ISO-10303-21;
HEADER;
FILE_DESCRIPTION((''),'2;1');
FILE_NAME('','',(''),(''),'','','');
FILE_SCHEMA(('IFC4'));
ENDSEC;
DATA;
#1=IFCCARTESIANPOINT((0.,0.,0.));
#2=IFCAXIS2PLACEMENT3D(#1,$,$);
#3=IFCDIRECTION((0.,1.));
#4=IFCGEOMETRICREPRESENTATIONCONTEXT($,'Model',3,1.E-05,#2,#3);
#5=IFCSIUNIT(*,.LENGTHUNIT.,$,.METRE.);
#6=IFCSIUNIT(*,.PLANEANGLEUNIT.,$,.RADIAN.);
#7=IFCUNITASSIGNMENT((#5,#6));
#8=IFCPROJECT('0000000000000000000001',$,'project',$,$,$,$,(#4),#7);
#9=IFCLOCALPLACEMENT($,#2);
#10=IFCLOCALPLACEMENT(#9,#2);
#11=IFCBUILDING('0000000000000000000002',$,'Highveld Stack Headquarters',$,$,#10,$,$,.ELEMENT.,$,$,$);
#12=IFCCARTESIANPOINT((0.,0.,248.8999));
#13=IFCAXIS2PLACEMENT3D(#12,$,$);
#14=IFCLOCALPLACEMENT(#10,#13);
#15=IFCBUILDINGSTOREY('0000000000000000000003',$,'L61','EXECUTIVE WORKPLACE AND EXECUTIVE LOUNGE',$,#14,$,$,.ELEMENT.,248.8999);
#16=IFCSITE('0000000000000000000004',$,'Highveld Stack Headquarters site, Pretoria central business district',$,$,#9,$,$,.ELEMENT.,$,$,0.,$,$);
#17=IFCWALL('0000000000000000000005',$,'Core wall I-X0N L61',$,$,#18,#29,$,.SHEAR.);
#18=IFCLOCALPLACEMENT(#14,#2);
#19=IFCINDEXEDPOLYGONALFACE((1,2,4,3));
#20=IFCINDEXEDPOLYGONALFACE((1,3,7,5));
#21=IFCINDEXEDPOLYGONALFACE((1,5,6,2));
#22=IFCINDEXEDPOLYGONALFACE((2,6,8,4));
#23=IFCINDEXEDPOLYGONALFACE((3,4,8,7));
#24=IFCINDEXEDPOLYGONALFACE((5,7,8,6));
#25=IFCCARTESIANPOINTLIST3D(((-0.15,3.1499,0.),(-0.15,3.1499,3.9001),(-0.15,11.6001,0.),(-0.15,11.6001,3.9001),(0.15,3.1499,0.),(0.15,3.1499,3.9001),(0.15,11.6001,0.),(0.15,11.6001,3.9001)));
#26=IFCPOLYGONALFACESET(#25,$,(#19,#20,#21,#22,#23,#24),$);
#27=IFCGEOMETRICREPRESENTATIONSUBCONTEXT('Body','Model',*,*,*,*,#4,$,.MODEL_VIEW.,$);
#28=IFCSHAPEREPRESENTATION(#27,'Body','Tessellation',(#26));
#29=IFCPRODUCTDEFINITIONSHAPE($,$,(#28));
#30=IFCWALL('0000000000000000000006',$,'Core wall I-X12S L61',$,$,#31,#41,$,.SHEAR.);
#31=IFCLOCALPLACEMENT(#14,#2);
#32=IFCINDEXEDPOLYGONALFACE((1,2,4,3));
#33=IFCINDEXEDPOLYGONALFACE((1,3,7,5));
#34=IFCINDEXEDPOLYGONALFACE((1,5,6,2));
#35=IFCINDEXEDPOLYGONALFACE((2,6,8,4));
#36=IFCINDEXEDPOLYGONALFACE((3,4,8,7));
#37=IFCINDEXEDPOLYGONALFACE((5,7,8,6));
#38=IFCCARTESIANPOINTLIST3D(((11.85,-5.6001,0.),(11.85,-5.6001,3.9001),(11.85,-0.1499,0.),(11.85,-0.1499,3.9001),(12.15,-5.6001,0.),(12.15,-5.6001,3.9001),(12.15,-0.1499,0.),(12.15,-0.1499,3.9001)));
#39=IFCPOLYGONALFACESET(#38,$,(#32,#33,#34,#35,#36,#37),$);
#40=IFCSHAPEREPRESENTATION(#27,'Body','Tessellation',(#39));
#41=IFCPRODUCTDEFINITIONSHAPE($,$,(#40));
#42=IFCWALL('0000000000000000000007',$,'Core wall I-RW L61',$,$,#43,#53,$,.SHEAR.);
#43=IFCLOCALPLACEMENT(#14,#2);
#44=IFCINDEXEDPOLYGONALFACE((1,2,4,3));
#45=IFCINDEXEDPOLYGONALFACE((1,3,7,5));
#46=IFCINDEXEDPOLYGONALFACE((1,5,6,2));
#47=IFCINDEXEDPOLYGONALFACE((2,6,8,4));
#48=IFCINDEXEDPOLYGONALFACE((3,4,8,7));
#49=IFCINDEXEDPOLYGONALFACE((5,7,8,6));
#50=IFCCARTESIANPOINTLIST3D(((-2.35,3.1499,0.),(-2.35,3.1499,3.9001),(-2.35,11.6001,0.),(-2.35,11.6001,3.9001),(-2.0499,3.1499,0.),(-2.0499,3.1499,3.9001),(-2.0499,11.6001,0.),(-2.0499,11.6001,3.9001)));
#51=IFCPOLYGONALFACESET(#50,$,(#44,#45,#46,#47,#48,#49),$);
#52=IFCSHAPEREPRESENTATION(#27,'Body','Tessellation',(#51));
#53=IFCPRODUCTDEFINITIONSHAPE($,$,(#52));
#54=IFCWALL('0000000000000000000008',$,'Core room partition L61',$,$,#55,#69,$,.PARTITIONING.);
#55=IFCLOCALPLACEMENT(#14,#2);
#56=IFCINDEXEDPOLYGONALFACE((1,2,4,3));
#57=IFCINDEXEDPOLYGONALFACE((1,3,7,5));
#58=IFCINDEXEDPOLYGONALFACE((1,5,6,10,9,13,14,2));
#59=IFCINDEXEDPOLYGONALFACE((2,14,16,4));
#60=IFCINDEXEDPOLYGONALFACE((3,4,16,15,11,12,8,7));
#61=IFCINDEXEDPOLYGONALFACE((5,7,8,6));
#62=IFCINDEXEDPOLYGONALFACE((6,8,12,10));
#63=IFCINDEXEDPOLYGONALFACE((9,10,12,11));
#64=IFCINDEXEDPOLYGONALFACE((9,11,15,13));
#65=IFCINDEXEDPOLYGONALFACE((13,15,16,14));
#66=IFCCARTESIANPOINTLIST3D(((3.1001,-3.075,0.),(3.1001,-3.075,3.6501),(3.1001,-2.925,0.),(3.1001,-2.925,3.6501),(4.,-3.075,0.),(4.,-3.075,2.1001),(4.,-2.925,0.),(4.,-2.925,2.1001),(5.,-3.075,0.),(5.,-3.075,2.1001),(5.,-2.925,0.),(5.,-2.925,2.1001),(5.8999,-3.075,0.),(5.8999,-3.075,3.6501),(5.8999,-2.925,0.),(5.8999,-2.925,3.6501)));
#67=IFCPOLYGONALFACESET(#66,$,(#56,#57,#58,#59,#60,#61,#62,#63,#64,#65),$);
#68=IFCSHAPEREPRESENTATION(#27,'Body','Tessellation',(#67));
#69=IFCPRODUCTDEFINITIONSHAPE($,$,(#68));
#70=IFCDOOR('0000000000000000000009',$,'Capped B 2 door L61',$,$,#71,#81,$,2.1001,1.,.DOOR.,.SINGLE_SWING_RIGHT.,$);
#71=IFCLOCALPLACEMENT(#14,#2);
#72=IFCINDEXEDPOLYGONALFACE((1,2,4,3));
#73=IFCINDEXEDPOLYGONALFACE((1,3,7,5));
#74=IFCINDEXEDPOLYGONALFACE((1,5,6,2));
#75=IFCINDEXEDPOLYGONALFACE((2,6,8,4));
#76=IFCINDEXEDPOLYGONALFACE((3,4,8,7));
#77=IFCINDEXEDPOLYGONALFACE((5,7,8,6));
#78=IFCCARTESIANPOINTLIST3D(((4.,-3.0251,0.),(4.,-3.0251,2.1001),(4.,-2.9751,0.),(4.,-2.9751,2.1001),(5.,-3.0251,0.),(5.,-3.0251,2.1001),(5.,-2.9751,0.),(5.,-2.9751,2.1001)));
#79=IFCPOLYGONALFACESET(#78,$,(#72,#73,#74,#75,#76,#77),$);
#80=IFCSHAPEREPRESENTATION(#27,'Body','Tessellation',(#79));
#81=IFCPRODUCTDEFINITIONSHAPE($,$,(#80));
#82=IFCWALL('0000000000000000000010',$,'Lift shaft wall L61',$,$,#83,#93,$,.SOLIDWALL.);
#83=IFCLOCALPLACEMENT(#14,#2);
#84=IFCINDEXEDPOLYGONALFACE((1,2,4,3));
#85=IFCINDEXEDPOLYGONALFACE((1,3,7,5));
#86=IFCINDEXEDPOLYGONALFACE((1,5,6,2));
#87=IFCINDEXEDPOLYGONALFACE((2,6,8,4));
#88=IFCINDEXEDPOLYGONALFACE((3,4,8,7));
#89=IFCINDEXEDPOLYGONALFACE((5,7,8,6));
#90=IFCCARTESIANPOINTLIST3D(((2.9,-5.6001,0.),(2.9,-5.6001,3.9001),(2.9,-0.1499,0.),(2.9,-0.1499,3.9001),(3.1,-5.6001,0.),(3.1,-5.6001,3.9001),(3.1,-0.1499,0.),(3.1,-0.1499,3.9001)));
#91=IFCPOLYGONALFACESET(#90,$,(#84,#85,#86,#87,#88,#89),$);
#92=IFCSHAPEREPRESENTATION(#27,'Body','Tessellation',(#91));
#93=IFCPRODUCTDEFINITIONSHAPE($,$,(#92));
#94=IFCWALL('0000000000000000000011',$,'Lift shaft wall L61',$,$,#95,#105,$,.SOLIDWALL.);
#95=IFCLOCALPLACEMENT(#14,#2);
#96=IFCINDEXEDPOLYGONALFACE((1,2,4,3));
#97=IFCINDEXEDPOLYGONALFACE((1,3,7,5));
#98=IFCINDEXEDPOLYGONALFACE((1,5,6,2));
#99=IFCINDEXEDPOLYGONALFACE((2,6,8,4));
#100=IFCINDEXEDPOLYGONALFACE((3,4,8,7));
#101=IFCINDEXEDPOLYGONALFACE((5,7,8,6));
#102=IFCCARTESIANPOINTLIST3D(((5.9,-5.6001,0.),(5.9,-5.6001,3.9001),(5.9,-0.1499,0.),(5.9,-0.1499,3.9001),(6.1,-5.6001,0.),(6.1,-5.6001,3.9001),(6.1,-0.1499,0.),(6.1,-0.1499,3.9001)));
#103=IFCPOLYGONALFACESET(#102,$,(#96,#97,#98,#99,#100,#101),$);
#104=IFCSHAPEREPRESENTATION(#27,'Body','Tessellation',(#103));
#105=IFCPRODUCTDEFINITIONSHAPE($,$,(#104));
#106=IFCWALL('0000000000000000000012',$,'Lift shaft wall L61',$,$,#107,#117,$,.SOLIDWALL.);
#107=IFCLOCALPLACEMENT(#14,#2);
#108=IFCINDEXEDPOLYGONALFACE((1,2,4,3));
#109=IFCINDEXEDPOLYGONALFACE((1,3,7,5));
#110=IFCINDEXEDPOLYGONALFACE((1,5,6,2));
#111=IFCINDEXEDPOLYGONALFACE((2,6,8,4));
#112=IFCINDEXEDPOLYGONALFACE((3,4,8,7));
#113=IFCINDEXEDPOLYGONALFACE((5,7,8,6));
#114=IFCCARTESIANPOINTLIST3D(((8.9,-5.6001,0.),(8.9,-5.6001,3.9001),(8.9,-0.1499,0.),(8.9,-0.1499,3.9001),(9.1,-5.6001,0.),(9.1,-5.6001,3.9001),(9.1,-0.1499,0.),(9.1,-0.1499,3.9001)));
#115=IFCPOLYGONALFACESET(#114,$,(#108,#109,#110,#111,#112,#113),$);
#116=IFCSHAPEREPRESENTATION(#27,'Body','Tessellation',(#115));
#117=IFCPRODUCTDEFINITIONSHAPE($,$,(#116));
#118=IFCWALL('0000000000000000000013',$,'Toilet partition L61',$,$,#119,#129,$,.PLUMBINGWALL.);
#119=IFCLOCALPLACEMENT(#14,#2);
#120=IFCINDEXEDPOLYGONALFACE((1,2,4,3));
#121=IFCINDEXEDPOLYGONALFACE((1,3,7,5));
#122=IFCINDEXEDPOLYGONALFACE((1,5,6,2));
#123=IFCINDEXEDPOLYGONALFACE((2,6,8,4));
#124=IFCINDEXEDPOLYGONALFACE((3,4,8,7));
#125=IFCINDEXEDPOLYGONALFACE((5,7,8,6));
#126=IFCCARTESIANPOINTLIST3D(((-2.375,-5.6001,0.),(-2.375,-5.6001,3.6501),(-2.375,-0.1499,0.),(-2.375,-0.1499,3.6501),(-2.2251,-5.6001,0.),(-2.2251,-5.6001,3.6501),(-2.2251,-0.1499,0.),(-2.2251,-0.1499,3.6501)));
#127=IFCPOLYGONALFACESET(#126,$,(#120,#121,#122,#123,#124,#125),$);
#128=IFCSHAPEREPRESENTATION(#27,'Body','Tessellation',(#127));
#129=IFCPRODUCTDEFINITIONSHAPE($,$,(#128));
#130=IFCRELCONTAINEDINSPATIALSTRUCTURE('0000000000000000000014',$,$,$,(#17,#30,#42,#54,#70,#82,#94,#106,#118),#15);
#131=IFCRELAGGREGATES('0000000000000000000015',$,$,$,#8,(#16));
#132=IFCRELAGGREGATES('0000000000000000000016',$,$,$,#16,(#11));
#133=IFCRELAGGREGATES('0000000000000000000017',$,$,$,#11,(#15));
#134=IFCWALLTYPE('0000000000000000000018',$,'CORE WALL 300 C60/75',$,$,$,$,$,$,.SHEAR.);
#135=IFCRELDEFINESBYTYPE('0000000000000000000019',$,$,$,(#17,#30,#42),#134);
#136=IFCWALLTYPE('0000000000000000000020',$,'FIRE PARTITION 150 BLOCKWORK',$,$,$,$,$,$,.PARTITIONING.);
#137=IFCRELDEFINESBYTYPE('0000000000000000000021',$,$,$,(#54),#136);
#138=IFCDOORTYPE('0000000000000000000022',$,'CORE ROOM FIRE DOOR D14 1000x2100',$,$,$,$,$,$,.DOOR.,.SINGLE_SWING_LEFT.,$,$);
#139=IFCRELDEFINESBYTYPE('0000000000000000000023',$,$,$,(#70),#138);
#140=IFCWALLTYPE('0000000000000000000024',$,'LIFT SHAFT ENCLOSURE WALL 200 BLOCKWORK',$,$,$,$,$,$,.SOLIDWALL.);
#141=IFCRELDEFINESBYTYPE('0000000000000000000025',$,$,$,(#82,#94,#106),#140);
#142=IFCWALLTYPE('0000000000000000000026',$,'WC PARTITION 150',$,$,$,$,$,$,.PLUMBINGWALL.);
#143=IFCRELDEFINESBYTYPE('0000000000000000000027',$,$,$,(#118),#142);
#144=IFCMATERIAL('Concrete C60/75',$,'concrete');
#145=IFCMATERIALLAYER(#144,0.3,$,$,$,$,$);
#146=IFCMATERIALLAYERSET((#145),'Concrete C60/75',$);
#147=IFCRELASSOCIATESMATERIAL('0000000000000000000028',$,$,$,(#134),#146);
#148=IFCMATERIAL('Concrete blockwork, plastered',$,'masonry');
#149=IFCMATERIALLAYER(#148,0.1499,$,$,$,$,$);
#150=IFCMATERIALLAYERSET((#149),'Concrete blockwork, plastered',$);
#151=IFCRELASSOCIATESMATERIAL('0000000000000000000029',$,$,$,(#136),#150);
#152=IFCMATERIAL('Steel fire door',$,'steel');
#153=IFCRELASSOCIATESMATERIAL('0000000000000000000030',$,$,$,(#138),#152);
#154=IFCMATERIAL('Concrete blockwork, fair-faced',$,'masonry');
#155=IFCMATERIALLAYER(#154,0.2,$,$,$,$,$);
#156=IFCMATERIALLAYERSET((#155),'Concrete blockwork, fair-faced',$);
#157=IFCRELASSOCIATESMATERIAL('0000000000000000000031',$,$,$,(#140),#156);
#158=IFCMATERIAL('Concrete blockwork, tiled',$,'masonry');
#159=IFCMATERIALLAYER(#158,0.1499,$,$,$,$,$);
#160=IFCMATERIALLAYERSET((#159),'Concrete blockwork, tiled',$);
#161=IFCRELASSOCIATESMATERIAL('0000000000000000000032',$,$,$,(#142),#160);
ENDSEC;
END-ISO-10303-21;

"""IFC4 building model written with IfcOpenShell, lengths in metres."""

from ifc_helpers import new_model, si_unit, direction, frame, frame_2d, origin, place, context, subcontext, project, spatial, rectangle, extrude, material, layer, layer_set, type_object, element, fill, save


model = new_model("IFC4")

# Units and contexts
model_context = context("Model", 3, precision=1e-05, world=origin(), true_north=direction((0.0, 1.0)))
body_context = subcontext(model_context, "Body", "Model", "MODEL_VIEW")
ifc_project = project(units=[si_unit("LENGTHUNIT", "METRE"), si_unit("PLANEANGLEUNIT", "RADIAN")], contexts=[model_context])

# Site, building, storey
site_placement = place(None, origin())
site = spatial("IfcSite", under=ifc_project, at=site_placement, Name="Highveld Stack Headquarters site, Pretoria central business district", CompositionType="ELEMENT", RefElevation=0.0)
building_placement = place(site_placement, origin())
building = spatial("IfcBuilding", under=site, at=building_placement, Name="Highveld Stack Headquarters", CompositionType="ELEMENT")
storey_placement = place(building_placement, frame((0.0, 0.0, 248.8999)))
storey = spatial("IfcBuildingStorey", under=building, at=storey_placement, Name="L61", Description="EXECUTIVE WORKPLACE AND EXECUTIVE LOUNGE", CompositionType="ELEMENT", Elevation=248.8999)

# Walls
ifc_material_1 = material(Name="Concrete C60/75", Category="concrete")
ifc_layer_1 = layer(ifc_material_1, 0.3)
ifc_layer_set_1 = layer_set([ifc_layer_1], Name="Concrete C60/75")
wall_type_1 = type_object("IfcWallType", Name="CORE WALL 300 C60/75", PredefinedType="SHEAR", material=ifc_layer_set_1)
wall_1_placement = place(storey_placement, frame((0.0, 3.1499, 0.0), z_axis=(0.0, 0.0, 1.0), x_axis=(0.0, 1.0, 0.0)))
element("IfcWall", 1, at=wall_1_placement, inside=storey, type_object=wall_type_1, Name="Core wall I-X0N L61", PredefinedType="SHEAR", context=body_context, shape_type="SweptSolid", body=[
    extrude(rectangle(XDim=8.4502, YDim=0.3, at=frame_2d((4.2251, 0.0))), origin(), (0.0, 0.0, 1.0), 3.9001),
])
wall_2_placement = place(storey_placement, frame((12.0, -5.6001, 0.0), z_axis=(0.0, 0.0, 1.0), x_axis=(0.0, 1.0, 0.0)))
element("IfcWall", 2, at=wall_2_placement, inside=storey, type_object=wall_type_1, Name="Core wall I-X12S L61", PredefinedType="SHEAR", context=body_context, shape_type="SweptSolid", body=[
    extrude(rectangle(XDim=5.4502, YDim=0.3, at=frame_2d((2.7251, 0.0))), origin(), (0.0, 0.0, 1.0), 3.9001),
])
wall_3_placement = place(storey_placement, frame((-2.2, 3.1499, 0.0), z_axis=(0.0, 0.0, 1.0), x_axis=(0.0, 1.0, 0.0)))
element("IfcWall", 3, at=wall_3_placement, inside=storey, type_object=wall_type_1, Name="Core wall I-RW L61", PredefinedType="SHEAR", context=body_context, shape_type="SweptSolid", body=[
    extrude(rectangle(XDim=8.4502, YDim=0.3, at=frame_2d((4.2251, 0.0))), origin(), (0.0, 0.0, 1.0), 3.9001),
])

# Wall, opening, door
ifc_material_2 = material(Name="Concrete blockwork, plastered", Category="masonry")
ifc_layer_2 = layer(ifc_material_2, 0.1499)
ifc_layer_set_2 = layer_set([ifc_layer_2], Name="Concrete blockwork, plastered")
wall_type_2 = type_object("IfcWallType", Name="FIRE PARTITION 150 BLOCKWORK", PredefinedType="PARTITIONING", material=ifc_layer_set_2)
wall_4_placement = place(storey_placement, frame((3.1001, -3.0, 0.0), z_axis=(0.0, 0.0, 1.0), x_axis=(1.0, 0.0, 0.0)))
wall_4 = element("IfcWall", 4, at=wall_4_placement, inside=storey, type_object=wall_type_2, Name="Core room partition L61", PredefinedType="PARTITIONING", context=body_context, shape_type="SweptSolid", body=[
    extrude(rectangle(XDim=2.7998, YDim=0.1499, at=frame_2d((1.3999, 0.0))), origin(), (0.0, 0.0, 1.0), 3.6501),
])
opening_placement = place(wall_4_placement, frame((0.8999, 0.0, 0.0)))
opening = element("IfcOpeningElement", 5, at=opening_placement, cuts=wall_4, PredefinedType="OPENING", context=body_context, shape_type="SweptSolid", body=[
    extrude(rectangle(XDim=1.0, YDim=2.1001, at=frame_2d((0.5, 1.05))), frame((0.0, 0.085, 0.0), z_axis=(0.0, -1.0, 0.0), x_axis=(1.0, 0.0, 0.0)), (0.0, 0.0, 1.0), 0.1699),
])
ifc_material_3 = material(Name="Steel fire door", Category="steel")
door_type = type_object("IfcDoorType", Name="CORE ROOM FIRE DOOR D14 1000x2100", OperationType="SINGLE_SWING_LEFT", PredefinedType="DOOR", material=ifc_material_3)
door_placement = place(opening_placement, origin())
door = element("IfcDoor", 6, at=door_placement, inside=storey, type_object=door_type, Name="Capped B 2 door L61", OperationType="SINGLE_SWING_RIGHT", OverallHeight=2.1001, OverallWidth=1.0, PredefinedType="DOOR", context=body_context, shape_type="SweptSolid", body=[
    extrude(rectangle(XDim=1.0, YDim=2.1001, at=frame_2d((0.5, 1.05))), frame((0.0, 0.0249, 0.0), z_axis=(0.0, -1.0, 0.0), x_axis=(1.0, 0.0, 0.0)), (0.0, 0.0, 1.0), 0.05),
])
fill(opening, door)

# Walls
ifc_material_4 = material(Name="Concrete blockwork, fair-faced", Category="masonry")
ifc_layer_3 = layer(ifc_material_4, 0.2)
ifc_layer_set_3 = layer_set([ifc_layer_3], Name="Concrete blockwork, fair-faced")
wall_type_3 = type_object("IfcWallType", Name="LIFT SHAFT ENCLOSURE WALL 200 BLOCKWORK", PredefinedType="SOLIDWALL", material=ifc_layer_set_3)
for number, where, z_axis, x_axis, name in (
    (7, (3.0, -5.6001, 0.0), (0.0, 0.0, 1.0), (0.0, 1.0, 0.0), "Lift shaft wall L61"),
    (8, (6.0, -5.6001, 0.0), (0.0, 0.0, 1.0), (0.0, 1.0, 0.0), "Lift shaft wall L61"),
    (9, (9.0, -5.6001, 0.0), (0.0, 0.0, 1.0), (0.0, 1.0, 0.0), "Lift shaft wall L61"),
):
    element("IfcWall", number, at=place(storey_placement, frame(where, z_axis=z_axis, x_axis=x_axis)), inside=storey, type_object=wall_type_3, Name=name, PredefinedType="SOLIDWALL", context=body_context, shape_type="SweptSolid", body=[
        extrude(rectangle(XDim=5.4502, YDim=0.2, at=frame_2d((2.7251, 0.0))), origin(), (0.0, 0.0, 1.0), 3.9001),
    ])
ifc_material_5 = material(Name="Concrete blockwork, tiled", Category="masonry")
ifc_layer_4 = layer(ifc_material_5, 0.1499)
ifc_layer_set_4 = layer_set([ifc_layer_4], Name="Concrete blockwork, tiled")
wall_type_4 = type_object("IfcWallType", Name="WC PARTITION 150", PredefinedType="PLUMBINGWALL", material=ifc_layer_set_4)
wall_5_placement = place(storey_placement, frame((-2.3, -5.6001, 0.0), z_axis=(0.0, 0.0, 1.0), x_axis=(0.0, 1.0, 0.0)))
element("IfcWall", 10, at=wall_5_placement, inside=storey, type_object=wall_type_4, Name="Toilet partition L61", PredefinedType="PLUMBINGWALL", context=body_context, shape_type="SweptSolid", body=[
    extrude(rectangle(XDim=5.4502, YDim=0.1499, at=frame_2d((2.7251, 0.0))), origin(), (0.0, 0.0, 1.0), 3.6501),
])

save(model, "model.ifc")
